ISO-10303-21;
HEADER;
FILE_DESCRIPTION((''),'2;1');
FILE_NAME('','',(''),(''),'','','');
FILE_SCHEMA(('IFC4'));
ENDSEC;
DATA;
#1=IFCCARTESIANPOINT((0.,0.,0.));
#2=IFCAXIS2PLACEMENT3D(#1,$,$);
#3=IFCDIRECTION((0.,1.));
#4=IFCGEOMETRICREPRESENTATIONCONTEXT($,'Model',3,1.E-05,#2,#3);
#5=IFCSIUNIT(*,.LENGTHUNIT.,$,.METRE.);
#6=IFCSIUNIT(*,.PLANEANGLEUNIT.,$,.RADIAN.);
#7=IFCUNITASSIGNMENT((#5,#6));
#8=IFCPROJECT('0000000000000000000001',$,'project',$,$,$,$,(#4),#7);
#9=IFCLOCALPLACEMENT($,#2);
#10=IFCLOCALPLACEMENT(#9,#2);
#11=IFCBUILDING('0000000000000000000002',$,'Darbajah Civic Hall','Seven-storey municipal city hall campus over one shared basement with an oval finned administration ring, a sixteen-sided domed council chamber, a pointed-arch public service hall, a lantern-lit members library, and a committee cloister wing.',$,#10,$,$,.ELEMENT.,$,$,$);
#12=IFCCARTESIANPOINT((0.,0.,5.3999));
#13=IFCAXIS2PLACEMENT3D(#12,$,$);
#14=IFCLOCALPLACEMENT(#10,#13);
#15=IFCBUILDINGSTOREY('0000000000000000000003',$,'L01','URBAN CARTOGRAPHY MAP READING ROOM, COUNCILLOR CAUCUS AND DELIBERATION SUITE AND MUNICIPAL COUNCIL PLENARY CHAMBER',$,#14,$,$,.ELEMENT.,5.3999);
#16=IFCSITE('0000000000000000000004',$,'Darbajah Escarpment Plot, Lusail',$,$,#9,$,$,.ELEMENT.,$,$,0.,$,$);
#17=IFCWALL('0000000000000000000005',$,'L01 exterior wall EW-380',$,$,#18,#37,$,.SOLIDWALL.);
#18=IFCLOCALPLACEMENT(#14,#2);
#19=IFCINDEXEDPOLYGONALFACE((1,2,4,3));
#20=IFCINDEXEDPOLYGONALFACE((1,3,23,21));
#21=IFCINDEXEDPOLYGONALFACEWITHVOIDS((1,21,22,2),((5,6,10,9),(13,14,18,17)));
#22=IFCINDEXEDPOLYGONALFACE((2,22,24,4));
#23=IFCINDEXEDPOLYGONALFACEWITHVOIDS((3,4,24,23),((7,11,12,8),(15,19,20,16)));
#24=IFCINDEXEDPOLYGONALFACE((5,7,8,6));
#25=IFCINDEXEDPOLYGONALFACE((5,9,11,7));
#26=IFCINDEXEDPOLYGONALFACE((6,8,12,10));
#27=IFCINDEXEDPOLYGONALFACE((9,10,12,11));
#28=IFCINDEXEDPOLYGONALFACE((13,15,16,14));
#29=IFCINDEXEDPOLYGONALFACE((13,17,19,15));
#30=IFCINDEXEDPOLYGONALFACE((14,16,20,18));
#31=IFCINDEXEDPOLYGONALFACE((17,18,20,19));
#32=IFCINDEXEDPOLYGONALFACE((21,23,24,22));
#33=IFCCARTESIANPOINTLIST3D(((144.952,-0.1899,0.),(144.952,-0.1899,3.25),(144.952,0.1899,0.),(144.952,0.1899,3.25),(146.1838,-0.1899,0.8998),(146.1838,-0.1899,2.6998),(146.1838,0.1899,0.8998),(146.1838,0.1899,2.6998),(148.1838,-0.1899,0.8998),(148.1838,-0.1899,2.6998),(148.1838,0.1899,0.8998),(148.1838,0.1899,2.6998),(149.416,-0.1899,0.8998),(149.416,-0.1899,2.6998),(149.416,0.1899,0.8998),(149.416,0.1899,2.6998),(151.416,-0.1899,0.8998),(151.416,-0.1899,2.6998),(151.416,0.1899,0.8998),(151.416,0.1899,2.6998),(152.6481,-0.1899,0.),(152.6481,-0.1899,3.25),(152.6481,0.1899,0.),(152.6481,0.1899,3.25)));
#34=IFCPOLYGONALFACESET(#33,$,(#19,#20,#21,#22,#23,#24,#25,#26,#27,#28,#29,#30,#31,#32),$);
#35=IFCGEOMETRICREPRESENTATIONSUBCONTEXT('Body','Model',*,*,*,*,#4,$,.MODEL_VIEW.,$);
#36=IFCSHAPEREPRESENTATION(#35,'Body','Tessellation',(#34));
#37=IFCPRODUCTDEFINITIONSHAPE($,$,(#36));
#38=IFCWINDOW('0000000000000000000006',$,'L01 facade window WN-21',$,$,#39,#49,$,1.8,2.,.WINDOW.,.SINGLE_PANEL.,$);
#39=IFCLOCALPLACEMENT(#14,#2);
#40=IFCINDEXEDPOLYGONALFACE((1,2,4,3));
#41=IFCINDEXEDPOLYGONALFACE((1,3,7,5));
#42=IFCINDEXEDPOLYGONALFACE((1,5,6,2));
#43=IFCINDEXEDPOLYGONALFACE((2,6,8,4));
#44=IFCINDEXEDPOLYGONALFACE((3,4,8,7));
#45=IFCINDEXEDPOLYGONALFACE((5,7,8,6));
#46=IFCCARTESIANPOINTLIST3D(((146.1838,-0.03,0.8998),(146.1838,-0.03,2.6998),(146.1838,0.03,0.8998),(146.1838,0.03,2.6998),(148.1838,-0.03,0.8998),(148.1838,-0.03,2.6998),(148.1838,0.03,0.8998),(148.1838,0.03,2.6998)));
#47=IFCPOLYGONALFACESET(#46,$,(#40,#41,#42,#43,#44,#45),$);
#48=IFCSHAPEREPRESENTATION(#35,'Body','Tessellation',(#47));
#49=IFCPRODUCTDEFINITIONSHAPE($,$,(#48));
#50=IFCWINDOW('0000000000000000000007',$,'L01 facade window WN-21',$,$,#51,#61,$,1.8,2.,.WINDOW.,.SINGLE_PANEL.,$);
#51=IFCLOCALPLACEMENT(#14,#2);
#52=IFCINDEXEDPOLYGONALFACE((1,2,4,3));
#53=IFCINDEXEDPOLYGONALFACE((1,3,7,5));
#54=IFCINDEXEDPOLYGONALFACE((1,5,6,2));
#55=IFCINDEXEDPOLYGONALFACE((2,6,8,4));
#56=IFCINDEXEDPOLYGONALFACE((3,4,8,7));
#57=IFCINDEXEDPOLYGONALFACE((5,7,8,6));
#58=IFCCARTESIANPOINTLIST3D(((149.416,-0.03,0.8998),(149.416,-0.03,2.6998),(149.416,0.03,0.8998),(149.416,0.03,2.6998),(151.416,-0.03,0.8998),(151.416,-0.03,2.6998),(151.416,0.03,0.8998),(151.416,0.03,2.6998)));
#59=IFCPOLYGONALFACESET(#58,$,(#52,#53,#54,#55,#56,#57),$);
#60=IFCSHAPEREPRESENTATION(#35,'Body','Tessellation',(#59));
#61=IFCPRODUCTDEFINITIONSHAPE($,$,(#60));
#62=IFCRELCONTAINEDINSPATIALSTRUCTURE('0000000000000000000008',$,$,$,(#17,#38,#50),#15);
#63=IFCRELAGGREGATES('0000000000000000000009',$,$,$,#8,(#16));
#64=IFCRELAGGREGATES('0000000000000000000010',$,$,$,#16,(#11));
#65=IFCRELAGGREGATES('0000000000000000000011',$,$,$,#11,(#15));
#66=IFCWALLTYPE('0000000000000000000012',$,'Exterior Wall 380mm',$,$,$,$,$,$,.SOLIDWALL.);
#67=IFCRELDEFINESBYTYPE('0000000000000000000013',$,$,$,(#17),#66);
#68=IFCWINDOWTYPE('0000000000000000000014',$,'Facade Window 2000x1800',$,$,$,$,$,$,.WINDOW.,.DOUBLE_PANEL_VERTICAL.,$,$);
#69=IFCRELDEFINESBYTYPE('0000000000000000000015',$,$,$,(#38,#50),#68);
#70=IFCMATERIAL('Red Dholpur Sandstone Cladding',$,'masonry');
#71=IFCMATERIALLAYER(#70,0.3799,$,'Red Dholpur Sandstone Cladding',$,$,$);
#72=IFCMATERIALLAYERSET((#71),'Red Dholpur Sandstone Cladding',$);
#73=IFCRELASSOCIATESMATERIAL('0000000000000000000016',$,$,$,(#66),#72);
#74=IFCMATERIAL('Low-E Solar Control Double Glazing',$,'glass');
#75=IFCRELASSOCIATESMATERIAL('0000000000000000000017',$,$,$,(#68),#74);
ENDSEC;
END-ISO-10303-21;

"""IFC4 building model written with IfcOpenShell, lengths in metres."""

from ifc_helpers import new_model, si_unit, direction, frame, frame_2d, origin, place, context, subcontext, project, spatial, rectangle, extrude, material, layer, layer_set, type_object, element, fill, save


model = new_model("IFC4")

# Units and contexts
model_context = context("Model", 3, precision=1e-05, world=origin(), true_north=direction((0.0, 1.0)))
body_context = subcontext(model_context, "Body", "Model", "MODEL_VIEW")
ifc_project = project(units=[si_unit("LENGTHUNIT", "METRE"), si_unit("PLANEANGLEUNIT", "RADIAN")], contexts=[model_context])

# Site, building, storey
site_placement = place(None, origin())
site = spatial("IfcSite", under=ifc_project, at=site_placement, Name="Darbajah Escarpment Plot, Lusail", CompositionType="ELEMENT", RefElevation=0.0)
building_placement = place(site_placement, origin())
building = spatial("IfcBuilding", under=site, at=building_placement, Name="Darbajah Civic Hall", Description="Seven-storey municipal city hall campus over one shared basement with an oval finned administration ring, a sixteen-sided domed council chamber, a pointed-arch public service hall, a lantern-lit members library, and a committee cloister wing.", CompositionType="ELEMENT")
storey_placement = place(building_placement, frame((0.0, 0.0, 5.3999)))
storey = spatial("IfcBuildingStorey", under=building, at=storey_placement, Name="L01", Description="URBAN CARTOGRAPHY MAP READING ROOM, COUNCILLOR CAUCUS AND DELIBERATION SUITE AND MUNICIPAL COUNCIL PLENARY CHAMBER", CompositionType="ELEMENT", Elevation=5.3999)

# Wall, openings, windows
ifc_material_1 = material(Name="Red Dholpur Sandstone Cladding", Category="masonry")
ifc_layer = layer(ifc_material_1, 0.3799, Name="Red Dholpur Sandstone Cladding")
ifc_layer_set = layer_set([ifc_layer], Name="Red Dholpur Sandstone Cladding")
wall_type = type_object("IfcWallType", Name="Exterior Wall 380mm", PredefinedType="SOLIDWALL", material=ifc_layer_set)
ifc_material_2 = material(Name="Low-E Solar Control Double Glazing", Category="glass")
wall_1_placement = place(storey_placement, frame((144.9519, 0.0, 0.0), z_axis=(0.0, 0.0, 1.0), x_axis=(1.0, 0.0, 0.0)))
wall_1 = element("IfcWall", 1, at=wall_1_placement, inside=storey, type_object=wall_type, Name="L01 exterior wall EW-380", PredefinedType="SOLIDWALL", context=body_context, shape_type="SweptSolid", body=[
    extrude(rectangle(XDim=7.696, YDim=0.3799, at=frame_2d((3.8481, 0.0))), origin(), (0.0, 0.0, 1.0), 3.25),
])
opening_1_placement = place(wall_1_placement, frame((1.2319, 0.0, 0.8999)))
opening_1 = element("IfcOpeningElement", 2, at=opening_1_placement, cuts=wall_1, PredefinedType="OPENING", context=body_context, shape_type="SweptSolid", body=[
    extrude(rectangle(XDim=2.0, YDim=1.8, at=frame_2d((1.0, 0.8999))), frame((0.0, 0.2, 0.0), z_axis=(0.0, -1.0, 0.0), x_axis=(1.0, 0.0, 0.0)), (0.0, 0.0, 1.0), 0.3999),
])
opening_2_placement = place(wall_1_placement, frame((4.4641, 0.0, 0.8999)))
opening_2 = element("IfcOpeningElement", 3, at=opening_2_placement, cuts=wall_1, PredefinedType="OPENING", context=body_context, shape_type="SweptSolid", body=[
    extrude(rectangle(XDim=2.0, YDim=1.8, at=frame_2d((1.0, 0.8999))), frame((0.0, 0.2, 0.0), z_axis=(0.0, -1.0, 0.0), x_axis=(1.0, 0.0, 0.0)), (0.0, 0.0, 1.0), 0.3999),
])
window_type_1 = type_object("IfcWindowType", Name="Facade Window 2000x1800", PartitioningType="DOUBLE_PANEL_VERTICAL", PredefinedType="WINDOW", material=ifc_material_2)
window_1_placement = place(opening_1_placement, origin())
window_1 = element("IfcWindow", 4, at=window_1_placement, inside=storey, type_object=window_type_1, Name="L01 facade window WN-21", OverallHeight=1.8, OverallWidth=2.0, PartitioningType="SINGLE_PANEL", PredefinedType="WINDOW", context=body_context, shape_type="SweptSolid", body=[
    extrude(rectangle(XDim=2.0, YDim=1.8, at=frame_2d((1.0, 0.8999))), frame((0.0, 0.03, 0.0), z_axis=(0.0, -1.0, 0.0), x_axis=(1.0, 0.0, 0.0)), (0.0, 0.0, 1.0), 0.0601),
])
fill(opening_1, window_1)
window_2_placement = place(opening_2_placement, origin())
window_2 = element("IfcWindow", 5, at=window_2_placement, inside=storey, type_object=window_type_1, Name="L01 facade window WN-21", OverallHeight=1.8, OverallWidth=2.0, PartitioningType="SINGLE_PANEL", PredefinedType="WINDOW", context=body_context, shape_type="SweptSolid", body=[
    extrude(rectangle(XDim=2.0, YDim=1.8, at=frame_2d((1.0, 0.8999))), frame((0.0, 0.03, 0.0), z_axis=(0.0, -1.0, 0.0), x_axis=(1.0, 0.0, 0.0)), (0.0, 0.0, 1.0), 0.0601),
])
fill(opening_2, window_2)

save(model, "model.ifc")
